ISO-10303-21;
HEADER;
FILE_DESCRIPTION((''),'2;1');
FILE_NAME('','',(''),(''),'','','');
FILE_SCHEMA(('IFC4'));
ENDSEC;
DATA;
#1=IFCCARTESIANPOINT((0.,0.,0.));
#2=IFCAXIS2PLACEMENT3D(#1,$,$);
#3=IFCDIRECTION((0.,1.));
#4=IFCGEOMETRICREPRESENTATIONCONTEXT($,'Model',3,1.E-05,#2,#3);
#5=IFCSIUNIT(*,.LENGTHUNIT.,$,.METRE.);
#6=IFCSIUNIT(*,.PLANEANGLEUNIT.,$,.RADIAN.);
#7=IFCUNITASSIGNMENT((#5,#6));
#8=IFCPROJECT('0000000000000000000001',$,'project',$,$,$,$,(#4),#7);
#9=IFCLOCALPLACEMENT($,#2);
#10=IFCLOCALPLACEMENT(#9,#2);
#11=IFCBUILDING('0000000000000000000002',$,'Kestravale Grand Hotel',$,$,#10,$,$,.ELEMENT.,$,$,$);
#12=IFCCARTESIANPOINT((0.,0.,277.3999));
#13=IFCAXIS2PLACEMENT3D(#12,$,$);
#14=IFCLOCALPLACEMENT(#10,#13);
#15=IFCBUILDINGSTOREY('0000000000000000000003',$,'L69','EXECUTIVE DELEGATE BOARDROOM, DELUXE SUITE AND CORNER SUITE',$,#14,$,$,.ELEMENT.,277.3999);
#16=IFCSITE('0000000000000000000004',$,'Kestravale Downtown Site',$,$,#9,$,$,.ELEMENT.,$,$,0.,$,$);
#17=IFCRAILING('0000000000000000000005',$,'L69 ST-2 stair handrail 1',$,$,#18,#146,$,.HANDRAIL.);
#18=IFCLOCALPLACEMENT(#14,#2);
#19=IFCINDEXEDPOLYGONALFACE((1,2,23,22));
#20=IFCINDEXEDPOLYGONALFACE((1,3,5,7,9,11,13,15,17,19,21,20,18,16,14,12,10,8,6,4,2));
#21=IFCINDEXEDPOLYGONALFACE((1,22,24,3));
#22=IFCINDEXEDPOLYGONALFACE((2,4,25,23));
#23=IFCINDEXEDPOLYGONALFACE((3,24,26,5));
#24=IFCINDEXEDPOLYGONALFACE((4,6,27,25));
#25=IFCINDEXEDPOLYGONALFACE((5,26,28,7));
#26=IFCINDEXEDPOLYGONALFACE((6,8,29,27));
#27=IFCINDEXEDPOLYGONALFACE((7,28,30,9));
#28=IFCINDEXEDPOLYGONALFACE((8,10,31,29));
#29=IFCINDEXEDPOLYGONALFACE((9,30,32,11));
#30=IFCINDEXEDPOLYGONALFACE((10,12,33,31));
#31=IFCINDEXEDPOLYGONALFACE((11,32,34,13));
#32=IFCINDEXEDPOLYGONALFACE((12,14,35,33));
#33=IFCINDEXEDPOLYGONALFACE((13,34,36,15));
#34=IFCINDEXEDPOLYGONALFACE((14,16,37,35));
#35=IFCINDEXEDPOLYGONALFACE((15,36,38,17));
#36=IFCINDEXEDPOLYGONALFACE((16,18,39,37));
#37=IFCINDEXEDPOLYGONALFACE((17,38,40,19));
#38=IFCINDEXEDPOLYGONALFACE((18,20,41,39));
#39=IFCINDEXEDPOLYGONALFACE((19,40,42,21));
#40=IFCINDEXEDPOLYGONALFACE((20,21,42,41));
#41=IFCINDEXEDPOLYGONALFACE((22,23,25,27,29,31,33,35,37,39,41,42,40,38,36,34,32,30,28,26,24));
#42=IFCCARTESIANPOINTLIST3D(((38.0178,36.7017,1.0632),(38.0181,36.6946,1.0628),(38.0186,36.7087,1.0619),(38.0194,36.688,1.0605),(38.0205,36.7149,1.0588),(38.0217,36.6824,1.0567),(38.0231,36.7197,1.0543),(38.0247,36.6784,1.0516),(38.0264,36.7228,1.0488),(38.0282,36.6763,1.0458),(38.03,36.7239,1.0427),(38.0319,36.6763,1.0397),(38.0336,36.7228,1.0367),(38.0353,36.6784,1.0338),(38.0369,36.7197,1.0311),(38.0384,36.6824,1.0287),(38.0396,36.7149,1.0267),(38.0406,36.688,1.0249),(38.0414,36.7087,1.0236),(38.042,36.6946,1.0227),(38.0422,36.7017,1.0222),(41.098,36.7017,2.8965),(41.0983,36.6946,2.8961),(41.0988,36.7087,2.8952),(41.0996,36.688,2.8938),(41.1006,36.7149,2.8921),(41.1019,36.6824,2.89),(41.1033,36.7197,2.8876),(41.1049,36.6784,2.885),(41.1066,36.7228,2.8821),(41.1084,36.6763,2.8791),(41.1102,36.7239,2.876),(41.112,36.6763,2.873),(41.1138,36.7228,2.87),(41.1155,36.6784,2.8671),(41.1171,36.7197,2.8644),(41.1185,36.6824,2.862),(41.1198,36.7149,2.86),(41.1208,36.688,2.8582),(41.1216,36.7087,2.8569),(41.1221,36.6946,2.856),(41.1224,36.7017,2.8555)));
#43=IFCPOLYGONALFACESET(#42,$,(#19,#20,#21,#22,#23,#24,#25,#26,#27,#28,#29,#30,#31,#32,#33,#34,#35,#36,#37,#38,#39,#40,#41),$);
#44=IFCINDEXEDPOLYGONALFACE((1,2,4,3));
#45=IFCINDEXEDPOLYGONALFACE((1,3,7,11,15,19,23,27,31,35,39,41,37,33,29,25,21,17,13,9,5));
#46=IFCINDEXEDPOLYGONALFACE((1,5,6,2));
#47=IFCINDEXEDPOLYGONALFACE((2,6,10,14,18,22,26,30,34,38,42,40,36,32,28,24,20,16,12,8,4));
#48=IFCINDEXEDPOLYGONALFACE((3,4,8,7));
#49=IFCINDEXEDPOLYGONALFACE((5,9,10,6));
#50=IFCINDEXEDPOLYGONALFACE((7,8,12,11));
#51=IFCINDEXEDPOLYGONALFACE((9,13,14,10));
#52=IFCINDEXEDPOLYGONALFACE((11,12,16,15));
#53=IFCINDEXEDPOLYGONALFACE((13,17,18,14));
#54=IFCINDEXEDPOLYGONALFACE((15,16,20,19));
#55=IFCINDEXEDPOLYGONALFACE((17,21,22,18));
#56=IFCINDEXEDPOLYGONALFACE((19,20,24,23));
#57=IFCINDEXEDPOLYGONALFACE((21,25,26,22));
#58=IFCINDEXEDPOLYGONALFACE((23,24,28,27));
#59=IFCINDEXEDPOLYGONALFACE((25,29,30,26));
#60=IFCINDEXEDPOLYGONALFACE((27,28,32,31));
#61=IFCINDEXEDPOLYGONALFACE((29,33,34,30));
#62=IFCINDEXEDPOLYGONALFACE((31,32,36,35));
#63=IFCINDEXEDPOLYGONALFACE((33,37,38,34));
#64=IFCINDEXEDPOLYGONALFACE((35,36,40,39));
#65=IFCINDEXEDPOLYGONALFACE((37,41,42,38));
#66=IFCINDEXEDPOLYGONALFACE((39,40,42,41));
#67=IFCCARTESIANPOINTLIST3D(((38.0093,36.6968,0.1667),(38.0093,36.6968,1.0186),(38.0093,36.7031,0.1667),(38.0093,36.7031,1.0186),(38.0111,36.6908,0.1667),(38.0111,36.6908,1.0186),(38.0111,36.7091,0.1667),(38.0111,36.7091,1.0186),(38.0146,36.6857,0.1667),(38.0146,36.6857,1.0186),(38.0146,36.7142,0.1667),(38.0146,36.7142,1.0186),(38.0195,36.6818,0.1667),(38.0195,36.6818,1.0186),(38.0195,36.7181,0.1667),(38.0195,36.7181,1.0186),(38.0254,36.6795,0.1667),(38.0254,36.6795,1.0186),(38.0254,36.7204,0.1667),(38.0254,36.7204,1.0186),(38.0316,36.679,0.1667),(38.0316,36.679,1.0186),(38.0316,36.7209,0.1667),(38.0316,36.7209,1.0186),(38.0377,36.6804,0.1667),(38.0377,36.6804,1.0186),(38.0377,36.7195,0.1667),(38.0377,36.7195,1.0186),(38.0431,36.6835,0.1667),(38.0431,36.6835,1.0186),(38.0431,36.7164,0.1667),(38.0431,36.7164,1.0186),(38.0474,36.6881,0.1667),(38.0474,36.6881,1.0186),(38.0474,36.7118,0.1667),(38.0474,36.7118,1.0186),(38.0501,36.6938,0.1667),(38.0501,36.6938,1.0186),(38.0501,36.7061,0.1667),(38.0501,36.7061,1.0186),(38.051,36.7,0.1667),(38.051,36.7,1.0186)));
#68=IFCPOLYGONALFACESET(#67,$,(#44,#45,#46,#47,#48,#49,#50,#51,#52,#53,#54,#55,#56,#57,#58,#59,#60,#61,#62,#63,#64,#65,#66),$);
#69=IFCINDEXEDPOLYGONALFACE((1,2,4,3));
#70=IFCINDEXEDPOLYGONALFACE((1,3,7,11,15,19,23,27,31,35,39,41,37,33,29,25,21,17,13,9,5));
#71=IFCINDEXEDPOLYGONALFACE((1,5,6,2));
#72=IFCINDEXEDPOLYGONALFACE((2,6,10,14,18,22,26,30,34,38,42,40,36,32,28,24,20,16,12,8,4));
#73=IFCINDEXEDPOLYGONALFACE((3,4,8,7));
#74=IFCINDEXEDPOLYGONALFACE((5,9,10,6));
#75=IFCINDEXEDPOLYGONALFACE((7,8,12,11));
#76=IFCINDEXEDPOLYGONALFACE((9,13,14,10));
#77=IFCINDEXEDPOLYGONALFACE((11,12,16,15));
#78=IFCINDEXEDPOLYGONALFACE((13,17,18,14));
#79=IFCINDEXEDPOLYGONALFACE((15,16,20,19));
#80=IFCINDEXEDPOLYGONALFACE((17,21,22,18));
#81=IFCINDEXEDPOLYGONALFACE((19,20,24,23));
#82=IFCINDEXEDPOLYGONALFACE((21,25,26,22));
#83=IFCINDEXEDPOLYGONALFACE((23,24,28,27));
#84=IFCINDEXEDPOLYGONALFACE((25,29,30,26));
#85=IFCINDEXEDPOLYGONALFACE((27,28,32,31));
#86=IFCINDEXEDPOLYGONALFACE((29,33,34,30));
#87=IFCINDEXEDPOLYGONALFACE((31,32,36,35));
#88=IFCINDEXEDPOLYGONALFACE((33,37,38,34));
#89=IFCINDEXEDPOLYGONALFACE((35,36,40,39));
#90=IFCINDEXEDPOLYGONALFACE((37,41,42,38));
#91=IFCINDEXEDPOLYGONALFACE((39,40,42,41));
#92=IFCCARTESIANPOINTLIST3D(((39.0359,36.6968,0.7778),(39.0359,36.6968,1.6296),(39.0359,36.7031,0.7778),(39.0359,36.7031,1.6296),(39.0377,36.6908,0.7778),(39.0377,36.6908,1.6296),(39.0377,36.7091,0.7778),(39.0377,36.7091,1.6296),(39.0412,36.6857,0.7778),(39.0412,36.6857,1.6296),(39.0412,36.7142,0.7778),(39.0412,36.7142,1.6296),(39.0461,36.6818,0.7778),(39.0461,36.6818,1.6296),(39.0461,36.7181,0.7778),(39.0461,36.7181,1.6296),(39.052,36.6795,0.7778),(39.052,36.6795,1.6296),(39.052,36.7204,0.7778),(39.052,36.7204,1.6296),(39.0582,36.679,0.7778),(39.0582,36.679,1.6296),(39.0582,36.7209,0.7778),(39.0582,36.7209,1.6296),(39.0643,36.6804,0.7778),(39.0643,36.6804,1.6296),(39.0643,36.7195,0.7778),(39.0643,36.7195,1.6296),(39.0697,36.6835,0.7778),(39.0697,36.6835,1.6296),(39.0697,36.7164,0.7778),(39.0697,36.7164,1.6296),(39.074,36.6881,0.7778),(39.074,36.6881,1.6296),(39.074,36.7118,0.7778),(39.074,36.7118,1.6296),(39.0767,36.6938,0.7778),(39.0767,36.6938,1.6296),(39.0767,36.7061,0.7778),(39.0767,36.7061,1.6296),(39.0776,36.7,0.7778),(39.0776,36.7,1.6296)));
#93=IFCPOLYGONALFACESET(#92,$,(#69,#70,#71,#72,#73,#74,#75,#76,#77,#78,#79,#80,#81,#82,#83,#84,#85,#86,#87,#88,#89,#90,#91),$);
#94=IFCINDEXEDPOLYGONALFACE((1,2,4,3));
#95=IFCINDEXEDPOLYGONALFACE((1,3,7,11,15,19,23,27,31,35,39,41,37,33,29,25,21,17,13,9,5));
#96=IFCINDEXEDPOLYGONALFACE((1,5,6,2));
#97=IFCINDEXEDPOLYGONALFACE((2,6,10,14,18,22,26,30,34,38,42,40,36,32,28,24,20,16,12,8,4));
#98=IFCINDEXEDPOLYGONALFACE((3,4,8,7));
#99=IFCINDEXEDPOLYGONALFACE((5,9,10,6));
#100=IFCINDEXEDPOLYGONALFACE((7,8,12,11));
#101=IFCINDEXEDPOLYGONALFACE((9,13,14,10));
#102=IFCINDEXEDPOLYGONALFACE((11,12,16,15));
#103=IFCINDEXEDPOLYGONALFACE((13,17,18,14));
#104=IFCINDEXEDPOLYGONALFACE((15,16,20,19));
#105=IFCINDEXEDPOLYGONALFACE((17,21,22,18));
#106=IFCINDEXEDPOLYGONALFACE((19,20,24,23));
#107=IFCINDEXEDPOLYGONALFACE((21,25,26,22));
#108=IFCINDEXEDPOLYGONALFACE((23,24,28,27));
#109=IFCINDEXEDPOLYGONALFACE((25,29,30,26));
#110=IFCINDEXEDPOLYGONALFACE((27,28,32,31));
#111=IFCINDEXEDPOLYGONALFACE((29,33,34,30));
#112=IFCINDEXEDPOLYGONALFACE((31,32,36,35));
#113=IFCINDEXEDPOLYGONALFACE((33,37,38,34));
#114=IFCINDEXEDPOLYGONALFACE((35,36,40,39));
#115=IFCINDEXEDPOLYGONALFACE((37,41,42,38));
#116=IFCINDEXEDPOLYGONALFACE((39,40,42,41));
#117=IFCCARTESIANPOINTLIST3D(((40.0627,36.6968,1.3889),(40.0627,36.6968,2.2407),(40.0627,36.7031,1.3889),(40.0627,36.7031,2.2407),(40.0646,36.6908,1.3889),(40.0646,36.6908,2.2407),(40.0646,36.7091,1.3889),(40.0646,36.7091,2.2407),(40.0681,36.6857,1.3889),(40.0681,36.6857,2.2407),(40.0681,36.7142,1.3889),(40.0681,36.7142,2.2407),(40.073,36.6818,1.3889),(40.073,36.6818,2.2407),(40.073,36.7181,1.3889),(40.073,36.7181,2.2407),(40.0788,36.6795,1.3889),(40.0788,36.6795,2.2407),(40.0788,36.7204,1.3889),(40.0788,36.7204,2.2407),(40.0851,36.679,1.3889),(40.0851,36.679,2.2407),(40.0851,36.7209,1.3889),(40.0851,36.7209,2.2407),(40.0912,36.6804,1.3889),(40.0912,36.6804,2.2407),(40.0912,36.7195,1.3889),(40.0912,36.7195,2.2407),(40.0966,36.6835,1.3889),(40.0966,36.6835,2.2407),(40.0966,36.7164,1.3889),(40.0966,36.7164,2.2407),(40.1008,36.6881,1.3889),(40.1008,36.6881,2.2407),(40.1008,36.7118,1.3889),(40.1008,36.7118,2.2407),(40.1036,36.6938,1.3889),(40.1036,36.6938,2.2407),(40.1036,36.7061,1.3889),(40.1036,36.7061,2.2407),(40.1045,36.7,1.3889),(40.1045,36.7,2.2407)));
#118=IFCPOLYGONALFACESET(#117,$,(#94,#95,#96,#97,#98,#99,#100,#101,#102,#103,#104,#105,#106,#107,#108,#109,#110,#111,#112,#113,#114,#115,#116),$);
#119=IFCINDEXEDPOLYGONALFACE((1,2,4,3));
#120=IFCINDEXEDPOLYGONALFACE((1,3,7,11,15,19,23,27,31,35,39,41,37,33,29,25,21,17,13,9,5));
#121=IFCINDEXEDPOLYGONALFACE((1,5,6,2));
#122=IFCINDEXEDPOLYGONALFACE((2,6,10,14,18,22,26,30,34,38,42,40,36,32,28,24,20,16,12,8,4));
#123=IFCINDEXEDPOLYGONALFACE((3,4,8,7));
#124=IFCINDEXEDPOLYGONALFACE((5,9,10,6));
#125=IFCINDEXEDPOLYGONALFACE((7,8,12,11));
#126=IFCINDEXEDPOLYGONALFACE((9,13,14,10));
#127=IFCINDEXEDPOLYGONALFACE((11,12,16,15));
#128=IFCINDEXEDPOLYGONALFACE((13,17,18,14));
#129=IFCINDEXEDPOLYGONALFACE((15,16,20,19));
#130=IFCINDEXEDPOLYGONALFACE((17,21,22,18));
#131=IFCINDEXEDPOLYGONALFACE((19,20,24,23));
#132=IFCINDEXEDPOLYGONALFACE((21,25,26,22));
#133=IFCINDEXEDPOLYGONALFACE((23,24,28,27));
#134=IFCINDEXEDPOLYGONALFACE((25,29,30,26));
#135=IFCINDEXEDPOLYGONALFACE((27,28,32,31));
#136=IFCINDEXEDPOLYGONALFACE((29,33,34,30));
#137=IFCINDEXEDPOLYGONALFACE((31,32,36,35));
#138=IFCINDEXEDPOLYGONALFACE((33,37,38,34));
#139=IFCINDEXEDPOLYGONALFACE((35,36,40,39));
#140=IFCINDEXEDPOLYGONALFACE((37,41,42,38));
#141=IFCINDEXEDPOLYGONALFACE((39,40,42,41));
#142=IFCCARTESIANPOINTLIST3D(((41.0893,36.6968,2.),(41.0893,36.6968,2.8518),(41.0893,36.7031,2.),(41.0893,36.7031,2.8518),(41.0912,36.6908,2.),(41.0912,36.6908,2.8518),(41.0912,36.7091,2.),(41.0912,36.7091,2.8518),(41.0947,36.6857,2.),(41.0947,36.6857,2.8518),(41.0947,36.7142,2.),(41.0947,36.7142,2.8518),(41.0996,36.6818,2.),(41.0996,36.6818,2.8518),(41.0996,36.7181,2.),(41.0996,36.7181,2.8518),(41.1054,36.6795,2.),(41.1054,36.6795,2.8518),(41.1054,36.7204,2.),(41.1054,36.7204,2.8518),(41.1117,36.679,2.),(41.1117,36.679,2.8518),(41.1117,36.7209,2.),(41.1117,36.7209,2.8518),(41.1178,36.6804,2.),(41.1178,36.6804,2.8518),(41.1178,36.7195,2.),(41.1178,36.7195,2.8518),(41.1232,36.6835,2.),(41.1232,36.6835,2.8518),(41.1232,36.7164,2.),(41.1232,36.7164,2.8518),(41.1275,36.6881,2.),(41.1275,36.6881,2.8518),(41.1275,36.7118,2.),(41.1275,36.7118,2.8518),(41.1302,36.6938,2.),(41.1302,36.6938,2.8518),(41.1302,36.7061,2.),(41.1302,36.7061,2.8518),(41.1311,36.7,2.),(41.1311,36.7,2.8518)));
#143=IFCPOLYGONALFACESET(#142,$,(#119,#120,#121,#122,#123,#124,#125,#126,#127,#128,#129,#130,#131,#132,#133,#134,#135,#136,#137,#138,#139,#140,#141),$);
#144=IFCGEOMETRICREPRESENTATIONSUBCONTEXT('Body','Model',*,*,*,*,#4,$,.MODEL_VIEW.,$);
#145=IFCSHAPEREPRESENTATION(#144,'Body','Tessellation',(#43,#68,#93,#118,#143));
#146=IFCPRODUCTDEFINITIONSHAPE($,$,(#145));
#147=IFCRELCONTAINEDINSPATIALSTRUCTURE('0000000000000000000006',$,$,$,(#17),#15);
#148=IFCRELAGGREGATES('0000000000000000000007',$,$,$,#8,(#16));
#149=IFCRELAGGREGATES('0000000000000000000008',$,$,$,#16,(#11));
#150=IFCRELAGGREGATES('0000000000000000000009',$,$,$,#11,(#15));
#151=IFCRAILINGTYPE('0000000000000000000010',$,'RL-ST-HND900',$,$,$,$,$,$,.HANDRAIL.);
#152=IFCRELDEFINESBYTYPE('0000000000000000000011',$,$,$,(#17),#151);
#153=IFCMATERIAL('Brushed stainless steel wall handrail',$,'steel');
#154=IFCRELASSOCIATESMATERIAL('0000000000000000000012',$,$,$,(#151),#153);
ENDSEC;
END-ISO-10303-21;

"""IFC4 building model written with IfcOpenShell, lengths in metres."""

from ifc_helpers import new_model, si_unit, direction, frame, origin, origin_2d, place, context, subcontext, project, spatial, circle, extrude, material, type_object, element, save


model = new_model("IFC4")

# Units and contexts
model_context = context("Model", 3, precision=1e-05, world=origin(), true_north=direction((0.0, 1.0)))
body_context = subcontext(model_context, "Body", "Model", "MODEL_VIEW")
ifc_project = project(units=[si_unit("LENGTHUNIT", "METRE"), si_unit("PLANEANGLEUNIT", "RADIAN")], contexts=[model_context])

# Site, building, storey
site_placement = place(None, origin())
site = spatial("IfcSite", under=ifc_project, at=site_placement, Name="Kestravale Downtown Site", CompositionType="ELEMENT", RefElevation=0.0)
building_placement = place(site_placement, origin())
building = spatial("IfcBuilding", under=site, at=building_placement, Name="Kestravale Grand Hotel", CompositionType="ELEMENT")
storey_placement = place(building_placement, frame((0.0, 0.0, 277.3999)))
storey = spatial("IfcBuildingStorey", under=building, at=storey_placement, Name="L69", Description="EXECUTIVE DELEGATE BOARDROOM, DELUXE SUITE AND CORNER SUITE", CompositionType="ELEMENT", Elevation=277.3999)

# Railing
ifc_material_1 = material(Name="Brushed stainless steel wall handrail", Category="steel")
railing_type = type_object("IfcRailingType", Name="RL-ST-HND900", PredefinedType="HANDRAIL", material=ifc_material_1)
railing_placement = place(storey_placement, frame((38.03, 36.7, 0.1667)))
element("IfcRailing", 1, at=railing_placement, inside=storey, type_object=railing_type, Name="L69 ST-2 stair handrail 1", PredefinedType="HANDRAIL", context=body_context, shape_type="SweptSolid", body=[
    extrude(circle(Radius=0.0239, at=origin_2d()), frame((0.0, 0.0, 0.876), z_axis=(0.859309, 0.0, 0.511458), x_axis=(0.0, 1.0, 0.0)), (0.0, 0.0, 1.0), 3.5845),
    extrude(circle(Radius=0.021, at=origin_2d()), origin(), (0.0, 0.0, 1.0), 0.8518),
    extrude(circle(Radius=0.021, at=origin_2d()), frame((1.0266, 0.0, 0.6111)), (0.0, 0.0, 1.0), 0.8518),
    extrude(circle(Radius=0.021, at=origin_2d()), frame((2.0535, 0.0, 1.2222)), (0.0, 0.0, 1.0), 0.8518),
    extrude(circle(Radius=0.021, at=origin_2d()), frame((3.0801, 0.0, 1.8333)), (0.0, 0.0, 1.0), 0.8518),
])

save(model, "model.ifc")
